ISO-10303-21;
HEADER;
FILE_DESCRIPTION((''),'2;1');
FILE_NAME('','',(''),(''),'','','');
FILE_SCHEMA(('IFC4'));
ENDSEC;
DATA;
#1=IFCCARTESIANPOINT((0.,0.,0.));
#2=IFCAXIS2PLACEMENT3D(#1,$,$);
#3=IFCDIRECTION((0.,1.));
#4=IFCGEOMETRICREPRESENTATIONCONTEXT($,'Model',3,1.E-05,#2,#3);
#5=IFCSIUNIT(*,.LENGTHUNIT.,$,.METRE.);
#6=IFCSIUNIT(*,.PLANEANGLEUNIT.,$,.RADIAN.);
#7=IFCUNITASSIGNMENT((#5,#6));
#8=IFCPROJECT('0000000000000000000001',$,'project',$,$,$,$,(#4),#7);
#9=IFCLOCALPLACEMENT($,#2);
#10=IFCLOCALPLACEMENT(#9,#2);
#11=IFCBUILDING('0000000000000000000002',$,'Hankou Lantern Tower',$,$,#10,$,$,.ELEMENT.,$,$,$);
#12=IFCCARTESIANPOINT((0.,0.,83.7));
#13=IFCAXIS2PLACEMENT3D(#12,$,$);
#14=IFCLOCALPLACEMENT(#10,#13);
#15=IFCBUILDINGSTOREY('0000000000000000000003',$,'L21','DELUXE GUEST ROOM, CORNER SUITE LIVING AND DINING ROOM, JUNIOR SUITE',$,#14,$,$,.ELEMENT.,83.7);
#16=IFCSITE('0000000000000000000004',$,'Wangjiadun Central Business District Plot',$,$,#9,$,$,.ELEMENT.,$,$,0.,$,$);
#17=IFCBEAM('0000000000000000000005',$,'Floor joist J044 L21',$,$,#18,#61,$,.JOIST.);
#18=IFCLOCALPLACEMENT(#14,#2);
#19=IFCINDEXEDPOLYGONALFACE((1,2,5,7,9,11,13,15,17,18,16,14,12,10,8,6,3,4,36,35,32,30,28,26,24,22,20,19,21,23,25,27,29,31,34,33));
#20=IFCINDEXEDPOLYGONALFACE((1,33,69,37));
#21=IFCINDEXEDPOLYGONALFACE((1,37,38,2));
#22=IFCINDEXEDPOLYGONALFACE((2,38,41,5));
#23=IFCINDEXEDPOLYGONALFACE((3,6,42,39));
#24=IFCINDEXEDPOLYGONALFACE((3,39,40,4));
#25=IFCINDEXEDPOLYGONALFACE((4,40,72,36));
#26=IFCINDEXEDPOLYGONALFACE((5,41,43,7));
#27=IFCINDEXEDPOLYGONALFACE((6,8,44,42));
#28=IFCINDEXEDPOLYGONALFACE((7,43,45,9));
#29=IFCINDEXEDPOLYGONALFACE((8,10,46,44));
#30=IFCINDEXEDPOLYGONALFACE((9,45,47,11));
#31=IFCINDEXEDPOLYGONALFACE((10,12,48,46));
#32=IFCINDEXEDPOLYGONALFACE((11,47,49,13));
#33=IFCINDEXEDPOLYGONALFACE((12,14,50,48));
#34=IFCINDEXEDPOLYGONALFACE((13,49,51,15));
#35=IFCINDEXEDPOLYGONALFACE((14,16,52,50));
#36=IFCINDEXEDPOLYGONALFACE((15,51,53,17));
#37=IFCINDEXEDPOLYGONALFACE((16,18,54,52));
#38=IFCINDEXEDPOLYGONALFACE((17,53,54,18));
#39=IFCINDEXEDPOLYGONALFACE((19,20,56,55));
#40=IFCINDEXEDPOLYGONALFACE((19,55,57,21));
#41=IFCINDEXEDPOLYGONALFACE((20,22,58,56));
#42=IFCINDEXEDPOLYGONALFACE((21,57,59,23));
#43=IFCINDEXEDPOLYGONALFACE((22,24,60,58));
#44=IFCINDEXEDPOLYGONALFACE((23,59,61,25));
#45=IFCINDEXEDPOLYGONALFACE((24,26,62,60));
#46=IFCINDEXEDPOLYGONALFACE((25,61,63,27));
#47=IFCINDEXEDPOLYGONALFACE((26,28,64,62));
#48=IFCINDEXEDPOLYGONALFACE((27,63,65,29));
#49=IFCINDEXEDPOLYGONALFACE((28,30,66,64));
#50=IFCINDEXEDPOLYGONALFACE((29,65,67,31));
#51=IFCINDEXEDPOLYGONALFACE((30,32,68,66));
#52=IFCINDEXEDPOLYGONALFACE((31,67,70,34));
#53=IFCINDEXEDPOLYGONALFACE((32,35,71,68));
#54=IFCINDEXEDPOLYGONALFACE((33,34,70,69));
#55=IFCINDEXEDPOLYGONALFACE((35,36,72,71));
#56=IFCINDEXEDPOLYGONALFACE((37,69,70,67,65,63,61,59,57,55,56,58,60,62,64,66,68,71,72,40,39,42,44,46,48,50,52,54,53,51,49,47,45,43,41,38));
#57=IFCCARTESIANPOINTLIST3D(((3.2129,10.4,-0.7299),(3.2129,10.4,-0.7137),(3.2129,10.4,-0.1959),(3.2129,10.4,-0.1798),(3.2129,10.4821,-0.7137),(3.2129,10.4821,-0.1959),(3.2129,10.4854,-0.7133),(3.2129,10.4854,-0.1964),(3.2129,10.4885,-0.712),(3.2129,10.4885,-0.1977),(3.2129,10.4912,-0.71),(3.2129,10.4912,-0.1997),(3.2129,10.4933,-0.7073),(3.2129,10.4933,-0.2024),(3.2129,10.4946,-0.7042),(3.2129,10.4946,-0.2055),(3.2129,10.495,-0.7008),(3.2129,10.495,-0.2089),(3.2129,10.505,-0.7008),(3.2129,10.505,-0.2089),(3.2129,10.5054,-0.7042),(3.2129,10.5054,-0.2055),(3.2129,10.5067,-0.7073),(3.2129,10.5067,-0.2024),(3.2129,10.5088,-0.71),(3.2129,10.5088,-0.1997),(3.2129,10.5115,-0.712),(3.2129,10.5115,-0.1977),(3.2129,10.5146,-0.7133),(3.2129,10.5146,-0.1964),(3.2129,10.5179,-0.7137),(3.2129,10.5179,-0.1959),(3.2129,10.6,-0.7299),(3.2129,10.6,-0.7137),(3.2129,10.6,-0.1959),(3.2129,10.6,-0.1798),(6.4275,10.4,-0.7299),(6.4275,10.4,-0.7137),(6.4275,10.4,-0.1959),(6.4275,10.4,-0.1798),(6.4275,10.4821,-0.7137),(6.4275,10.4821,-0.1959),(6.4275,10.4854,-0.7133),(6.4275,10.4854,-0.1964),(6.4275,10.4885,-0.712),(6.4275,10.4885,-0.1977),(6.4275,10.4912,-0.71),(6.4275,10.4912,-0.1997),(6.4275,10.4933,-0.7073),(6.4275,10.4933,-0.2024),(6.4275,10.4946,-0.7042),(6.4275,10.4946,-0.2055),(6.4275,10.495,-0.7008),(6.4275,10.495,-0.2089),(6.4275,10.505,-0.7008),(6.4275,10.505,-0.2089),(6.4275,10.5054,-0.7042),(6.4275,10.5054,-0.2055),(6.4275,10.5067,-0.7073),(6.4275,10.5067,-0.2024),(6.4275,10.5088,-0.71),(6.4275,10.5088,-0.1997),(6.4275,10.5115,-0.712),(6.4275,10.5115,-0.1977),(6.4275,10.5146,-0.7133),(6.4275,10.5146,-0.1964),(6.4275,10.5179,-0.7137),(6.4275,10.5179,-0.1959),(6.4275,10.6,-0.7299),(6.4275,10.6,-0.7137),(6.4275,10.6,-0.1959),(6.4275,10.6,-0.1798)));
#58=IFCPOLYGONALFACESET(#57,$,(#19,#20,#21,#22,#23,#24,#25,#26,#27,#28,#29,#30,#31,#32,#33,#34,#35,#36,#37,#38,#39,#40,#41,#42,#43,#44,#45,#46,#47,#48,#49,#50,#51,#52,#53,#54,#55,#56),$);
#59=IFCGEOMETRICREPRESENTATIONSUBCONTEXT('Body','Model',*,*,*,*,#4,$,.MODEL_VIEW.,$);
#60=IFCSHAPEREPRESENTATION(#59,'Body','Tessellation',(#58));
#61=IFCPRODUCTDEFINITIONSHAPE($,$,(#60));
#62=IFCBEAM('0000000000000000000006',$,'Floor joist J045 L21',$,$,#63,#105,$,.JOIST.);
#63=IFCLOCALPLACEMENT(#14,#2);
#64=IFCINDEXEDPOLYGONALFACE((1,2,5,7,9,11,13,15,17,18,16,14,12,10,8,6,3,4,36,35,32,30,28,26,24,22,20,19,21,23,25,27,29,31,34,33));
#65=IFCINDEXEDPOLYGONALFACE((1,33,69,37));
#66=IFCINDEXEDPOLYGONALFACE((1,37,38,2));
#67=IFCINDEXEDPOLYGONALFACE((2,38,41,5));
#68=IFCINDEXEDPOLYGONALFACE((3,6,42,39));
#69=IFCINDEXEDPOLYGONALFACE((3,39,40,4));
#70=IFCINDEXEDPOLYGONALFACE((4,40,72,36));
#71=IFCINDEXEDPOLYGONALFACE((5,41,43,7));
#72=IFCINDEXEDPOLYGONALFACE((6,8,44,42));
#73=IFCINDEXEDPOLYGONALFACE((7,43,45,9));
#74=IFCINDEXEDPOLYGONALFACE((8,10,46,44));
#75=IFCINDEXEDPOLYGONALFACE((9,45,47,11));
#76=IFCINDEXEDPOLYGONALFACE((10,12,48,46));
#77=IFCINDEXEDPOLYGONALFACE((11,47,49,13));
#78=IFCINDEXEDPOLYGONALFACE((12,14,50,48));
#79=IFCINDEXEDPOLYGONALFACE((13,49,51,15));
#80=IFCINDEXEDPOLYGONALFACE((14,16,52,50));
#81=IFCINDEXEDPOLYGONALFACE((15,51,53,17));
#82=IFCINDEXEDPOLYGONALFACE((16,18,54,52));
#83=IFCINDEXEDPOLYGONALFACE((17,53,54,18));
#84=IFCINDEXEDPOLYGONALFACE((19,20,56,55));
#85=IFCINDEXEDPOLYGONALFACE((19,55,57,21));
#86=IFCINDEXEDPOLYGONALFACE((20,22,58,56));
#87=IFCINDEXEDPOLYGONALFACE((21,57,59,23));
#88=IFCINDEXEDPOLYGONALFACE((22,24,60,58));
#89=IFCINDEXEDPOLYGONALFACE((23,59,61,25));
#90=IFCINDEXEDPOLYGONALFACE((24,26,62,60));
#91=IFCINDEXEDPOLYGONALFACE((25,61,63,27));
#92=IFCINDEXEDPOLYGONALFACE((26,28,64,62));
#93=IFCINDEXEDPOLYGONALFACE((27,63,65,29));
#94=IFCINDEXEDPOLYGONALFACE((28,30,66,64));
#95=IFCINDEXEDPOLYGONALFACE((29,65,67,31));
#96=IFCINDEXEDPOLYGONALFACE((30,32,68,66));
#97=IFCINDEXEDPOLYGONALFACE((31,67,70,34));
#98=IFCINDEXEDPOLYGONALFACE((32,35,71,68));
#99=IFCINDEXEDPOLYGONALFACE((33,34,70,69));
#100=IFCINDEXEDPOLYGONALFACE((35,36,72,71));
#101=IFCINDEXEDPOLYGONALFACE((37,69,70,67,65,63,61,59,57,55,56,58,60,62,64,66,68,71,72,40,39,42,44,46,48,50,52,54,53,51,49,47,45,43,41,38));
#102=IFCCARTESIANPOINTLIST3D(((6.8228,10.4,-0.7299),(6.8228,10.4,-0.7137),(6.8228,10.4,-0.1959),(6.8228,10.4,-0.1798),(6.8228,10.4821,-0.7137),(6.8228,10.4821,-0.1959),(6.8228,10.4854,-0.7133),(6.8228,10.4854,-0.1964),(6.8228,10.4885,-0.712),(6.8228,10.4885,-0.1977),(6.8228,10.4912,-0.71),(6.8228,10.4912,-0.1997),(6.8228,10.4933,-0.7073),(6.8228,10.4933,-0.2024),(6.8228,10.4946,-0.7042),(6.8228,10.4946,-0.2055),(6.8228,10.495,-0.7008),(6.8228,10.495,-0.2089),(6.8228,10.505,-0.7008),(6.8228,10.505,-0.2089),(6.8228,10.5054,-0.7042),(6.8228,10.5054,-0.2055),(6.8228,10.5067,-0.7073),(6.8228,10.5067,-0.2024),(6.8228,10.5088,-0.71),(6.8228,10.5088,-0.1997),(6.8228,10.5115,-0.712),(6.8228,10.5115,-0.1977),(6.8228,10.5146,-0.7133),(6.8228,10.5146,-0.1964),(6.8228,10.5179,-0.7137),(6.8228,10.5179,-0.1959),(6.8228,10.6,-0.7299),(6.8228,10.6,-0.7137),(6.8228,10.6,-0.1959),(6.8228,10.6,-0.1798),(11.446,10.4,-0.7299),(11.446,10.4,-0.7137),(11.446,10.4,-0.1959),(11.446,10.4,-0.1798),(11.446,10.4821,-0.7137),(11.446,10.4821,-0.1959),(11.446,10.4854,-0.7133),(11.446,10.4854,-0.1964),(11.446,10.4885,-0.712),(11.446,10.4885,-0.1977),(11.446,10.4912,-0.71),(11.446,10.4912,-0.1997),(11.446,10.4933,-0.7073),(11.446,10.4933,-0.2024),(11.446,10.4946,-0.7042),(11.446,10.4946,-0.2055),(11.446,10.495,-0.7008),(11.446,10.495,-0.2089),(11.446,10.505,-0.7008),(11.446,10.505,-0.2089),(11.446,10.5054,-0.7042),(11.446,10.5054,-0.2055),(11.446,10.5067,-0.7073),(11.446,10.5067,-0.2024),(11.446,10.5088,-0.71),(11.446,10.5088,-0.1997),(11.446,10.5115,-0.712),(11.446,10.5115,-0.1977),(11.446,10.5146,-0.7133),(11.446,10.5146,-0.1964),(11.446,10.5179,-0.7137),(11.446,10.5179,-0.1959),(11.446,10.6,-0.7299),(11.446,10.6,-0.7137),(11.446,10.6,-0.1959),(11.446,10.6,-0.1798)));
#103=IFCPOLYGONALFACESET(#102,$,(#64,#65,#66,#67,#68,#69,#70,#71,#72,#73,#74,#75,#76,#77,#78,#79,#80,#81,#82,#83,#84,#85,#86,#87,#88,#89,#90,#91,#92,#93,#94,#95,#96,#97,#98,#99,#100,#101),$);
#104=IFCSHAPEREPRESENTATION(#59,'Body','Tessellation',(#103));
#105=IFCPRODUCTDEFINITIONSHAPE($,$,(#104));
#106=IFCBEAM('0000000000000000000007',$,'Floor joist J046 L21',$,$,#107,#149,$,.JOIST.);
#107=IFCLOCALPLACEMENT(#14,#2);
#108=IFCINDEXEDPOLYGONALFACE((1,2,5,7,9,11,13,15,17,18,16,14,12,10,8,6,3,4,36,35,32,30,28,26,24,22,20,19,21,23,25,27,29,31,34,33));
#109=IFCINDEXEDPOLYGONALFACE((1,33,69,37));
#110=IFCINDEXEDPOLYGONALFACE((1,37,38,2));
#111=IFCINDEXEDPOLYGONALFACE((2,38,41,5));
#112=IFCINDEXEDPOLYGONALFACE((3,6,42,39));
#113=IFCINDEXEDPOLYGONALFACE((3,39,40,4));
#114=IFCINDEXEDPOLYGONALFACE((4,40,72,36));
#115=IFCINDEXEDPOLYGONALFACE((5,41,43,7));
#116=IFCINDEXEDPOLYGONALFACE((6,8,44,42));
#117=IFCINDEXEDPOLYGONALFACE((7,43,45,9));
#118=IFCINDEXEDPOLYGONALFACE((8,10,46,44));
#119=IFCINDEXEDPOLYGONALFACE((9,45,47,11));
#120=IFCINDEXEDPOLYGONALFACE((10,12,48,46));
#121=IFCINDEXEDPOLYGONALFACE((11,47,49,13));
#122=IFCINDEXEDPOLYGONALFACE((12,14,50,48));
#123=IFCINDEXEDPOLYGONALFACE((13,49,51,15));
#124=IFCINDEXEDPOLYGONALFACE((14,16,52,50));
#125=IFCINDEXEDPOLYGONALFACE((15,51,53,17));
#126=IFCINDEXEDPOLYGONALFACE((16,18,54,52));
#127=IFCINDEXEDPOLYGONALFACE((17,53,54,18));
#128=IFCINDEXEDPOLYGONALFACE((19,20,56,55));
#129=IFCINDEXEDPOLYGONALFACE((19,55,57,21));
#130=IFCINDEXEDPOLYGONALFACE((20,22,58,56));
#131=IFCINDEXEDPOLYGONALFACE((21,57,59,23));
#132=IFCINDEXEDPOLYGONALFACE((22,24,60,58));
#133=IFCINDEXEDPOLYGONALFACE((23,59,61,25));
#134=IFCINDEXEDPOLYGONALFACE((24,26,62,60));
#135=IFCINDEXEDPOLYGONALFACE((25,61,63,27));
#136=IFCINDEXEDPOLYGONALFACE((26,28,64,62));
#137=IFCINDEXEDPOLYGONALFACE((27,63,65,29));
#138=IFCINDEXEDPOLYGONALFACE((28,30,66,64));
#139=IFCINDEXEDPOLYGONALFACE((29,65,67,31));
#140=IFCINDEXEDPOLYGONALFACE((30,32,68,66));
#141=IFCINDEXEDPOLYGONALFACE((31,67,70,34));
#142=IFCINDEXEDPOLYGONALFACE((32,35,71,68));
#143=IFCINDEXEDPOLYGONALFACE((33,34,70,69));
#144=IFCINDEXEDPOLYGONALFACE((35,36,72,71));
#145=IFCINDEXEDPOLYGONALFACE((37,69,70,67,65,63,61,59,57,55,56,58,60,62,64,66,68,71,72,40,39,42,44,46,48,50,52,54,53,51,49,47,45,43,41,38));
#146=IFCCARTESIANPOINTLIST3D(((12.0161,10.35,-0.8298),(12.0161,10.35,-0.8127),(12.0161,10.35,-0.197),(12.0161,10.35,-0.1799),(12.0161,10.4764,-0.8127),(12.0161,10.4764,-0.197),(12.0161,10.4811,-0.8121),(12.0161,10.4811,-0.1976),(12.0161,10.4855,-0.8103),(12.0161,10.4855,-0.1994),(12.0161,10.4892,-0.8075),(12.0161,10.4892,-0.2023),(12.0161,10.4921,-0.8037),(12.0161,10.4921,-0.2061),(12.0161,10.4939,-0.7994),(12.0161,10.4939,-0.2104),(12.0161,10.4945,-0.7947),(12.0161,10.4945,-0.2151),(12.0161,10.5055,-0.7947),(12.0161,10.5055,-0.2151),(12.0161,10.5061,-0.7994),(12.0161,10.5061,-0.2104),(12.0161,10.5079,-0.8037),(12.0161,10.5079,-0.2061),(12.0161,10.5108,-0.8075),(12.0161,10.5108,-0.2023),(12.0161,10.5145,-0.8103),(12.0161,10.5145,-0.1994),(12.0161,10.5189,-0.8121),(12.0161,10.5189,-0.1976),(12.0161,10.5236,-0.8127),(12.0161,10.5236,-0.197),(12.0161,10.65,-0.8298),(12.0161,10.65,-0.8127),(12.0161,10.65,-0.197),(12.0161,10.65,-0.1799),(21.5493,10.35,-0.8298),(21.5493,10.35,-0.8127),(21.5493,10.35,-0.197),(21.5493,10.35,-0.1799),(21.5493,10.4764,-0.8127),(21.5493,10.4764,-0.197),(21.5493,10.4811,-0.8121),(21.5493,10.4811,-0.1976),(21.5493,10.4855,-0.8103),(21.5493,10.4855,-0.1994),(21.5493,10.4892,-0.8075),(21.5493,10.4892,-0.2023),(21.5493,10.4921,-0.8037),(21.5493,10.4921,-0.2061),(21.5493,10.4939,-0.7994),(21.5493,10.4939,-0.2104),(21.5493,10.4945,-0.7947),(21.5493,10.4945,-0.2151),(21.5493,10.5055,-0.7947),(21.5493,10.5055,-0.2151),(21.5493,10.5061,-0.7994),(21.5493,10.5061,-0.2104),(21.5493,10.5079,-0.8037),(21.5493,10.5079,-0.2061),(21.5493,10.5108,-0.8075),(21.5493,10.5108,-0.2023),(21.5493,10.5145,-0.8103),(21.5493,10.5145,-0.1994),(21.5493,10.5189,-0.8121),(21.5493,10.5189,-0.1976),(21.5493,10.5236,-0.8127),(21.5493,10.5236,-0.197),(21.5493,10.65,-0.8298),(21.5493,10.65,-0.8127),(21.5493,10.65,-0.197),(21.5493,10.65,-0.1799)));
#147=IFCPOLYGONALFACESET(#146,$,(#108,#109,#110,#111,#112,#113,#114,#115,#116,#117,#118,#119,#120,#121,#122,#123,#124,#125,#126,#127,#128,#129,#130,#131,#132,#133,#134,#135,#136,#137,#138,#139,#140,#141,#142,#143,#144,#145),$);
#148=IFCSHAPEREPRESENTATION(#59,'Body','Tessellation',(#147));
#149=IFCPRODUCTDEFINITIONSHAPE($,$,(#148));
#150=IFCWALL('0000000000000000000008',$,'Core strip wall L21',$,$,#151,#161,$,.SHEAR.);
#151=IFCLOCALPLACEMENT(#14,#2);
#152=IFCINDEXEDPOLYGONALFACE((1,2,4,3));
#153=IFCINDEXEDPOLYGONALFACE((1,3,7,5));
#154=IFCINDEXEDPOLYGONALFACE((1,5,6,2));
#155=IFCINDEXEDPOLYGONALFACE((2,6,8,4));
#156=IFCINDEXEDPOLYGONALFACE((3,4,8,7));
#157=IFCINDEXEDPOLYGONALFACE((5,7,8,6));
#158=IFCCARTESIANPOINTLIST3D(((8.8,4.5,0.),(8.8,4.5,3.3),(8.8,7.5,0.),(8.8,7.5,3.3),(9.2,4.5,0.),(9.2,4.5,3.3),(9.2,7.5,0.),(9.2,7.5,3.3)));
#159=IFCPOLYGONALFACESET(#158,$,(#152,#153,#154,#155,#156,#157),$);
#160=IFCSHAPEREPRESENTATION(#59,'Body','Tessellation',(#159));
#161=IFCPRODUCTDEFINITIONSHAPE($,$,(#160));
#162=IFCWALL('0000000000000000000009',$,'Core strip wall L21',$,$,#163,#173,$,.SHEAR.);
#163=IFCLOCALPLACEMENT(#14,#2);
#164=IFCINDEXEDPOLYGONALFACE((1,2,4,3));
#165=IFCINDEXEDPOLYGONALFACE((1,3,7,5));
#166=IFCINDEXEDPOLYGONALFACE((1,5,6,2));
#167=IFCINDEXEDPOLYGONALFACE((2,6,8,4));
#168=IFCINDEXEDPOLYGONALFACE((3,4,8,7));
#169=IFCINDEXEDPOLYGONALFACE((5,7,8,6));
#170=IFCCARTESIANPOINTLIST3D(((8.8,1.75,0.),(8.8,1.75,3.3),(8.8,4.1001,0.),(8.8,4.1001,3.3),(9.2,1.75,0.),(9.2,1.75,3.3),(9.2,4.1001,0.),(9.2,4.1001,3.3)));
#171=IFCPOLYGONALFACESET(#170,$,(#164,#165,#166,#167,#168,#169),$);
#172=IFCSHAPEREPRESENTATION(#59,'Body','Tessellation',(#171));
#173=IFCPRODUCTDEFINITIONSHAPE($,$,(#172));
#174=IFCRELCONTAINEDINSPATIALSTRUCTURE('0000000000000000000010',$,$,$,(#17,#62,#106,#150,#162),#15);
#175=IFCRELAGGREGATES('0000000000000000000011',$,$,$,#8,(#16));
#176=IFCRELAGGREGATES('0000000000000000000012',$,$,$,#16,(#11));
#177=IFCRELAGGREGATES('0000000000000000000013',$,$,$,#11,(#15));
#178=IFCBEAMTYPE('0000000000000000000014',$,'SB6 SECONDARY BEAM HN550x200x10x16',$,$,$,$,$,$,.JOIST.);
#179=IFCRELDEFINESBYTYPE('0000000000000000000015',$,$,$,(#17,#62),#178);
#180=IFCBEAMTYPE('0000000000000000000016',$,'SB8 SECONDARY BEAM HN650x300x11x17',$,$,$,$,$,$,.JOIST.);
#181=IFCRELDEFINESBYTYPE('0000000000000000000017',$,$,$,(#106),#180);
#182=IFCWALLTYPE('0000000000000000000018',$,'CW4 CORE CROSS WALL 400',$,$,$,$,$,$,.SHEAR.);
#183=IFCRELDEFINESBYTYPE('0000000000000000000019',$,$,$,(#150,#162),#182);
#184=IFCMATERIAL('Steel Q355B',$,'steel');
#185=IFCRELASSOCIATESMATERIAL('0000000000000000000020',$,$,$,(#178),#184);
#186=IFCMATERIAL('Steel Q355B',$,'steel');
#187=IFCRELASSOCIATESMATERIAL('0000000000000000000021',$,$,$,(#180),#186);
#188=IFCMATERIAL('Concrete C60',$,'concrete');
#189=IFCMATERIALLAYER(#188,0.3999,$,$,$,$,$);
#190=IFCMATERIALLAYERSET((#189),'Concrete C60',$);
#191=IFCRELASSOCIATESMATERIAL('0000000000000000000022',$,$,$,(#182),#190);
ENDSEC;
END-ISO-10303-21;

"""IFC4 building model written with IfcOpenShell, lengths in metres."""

from ifc_helpers import new_model, si_unit, direction, frame, frame_2d, origin, origin_2d, place, context, subcontext, project, spatial, rectangle, i_section, extrude, material, layer, layer_set, material_profile, profile_set, type_object, element, save


model = new_model("IFC4")

# Units and contexts
model_context = context("Model", 3, precision=1e-05, world=origin(), true_north=direction((0.0, 1.0)))
body_context = subcontext(model_context, "Body", "Model", "MODEL_VIEW")
ifc_project = project(units=[si_unit("LENGTHUNIT", "METRE"), si_unit("PLANEANGLEUNIT", "RADIAN")], contexts=[model_context])

# Site, building, storey
site_placement = place(None, origin())
site = spatial("IfcSite", under=ifc_project, at=site_placement, Name="Wangjiadun Central Business District Plot", CompositionType="ELEMENT", RefElevation=0.0)
building_placement = place(site_placement, origin())
building = spatial("IfcBuilding", under=site, at=building_placement, Name="Hankou Lantern Tower", CompositionType="ELEMENT")
storey_placement = place(building_placement, frame((0.0, 0.0, 83.7)))
storey = spatial("IfcBuildingStorey", under=building, at=storey_placement, Name="L21", Description="DELUXE GUEST ROOM, CORNER SUITE LIVING AND DINING ROOM, JUNIOR SUITE", CompositionType="ELEMENT", Elevation=83.7)

# Beams
ifc_material_1 = material(Name="Steel Q355B", Category="steel")
ifc_material_profile_1 = material_profile(ifc_material_1, i_section(OverallWidth=0.2, OverallDepth=0.55, WebThickness=0.01, FlangeThickness=0.0161, FilletRadius=0.0129, at=origin_2d()), Name="HN550x200x10x16")
ifc_profile_set_1 = profile_set([ifc_material_profile_1], Name="Steel Q355B")
beam_type_1 = type_object("IfcBeamType", Name="SB6 SECONDARY BEAM HN550x200x10x16", PredefinedType="JOIST", material=ifc_profile_set_1)
beam_1_placement = place(storey_placement, frame((3.2129, 10.5, -0.4548), z_axis=(1.0, 0.0, 0.0), x_axis=(0.0, 1.0, 0.0)))
element("IfcBeam", 1, at=beam_1_placement, inside=storey, type_object=beam_type_1, Name="Floor joist J044 L21", PredefinedType="JOIST", context=body_context, shape_type="SweptSolid", body=[
    extrude(i_section(OverallWidth=0.2, OverallDepth=0.55, WebThickness=0.01, FlangeThickness=0.0161, FilletRadius=0.0129, at=origin_2d()), origin(), (0.0, 0.0, 1.0), 3.2146),
])
beam_2_placement = place(storey_placement, frame((6.8228, 10.5, -0.4548), z_axis=(1.0, 0.0, 0.0), x_axis=(0.0, 1.0, 0.0)))
element("IfcBeam", 2, at=beam_2_placement, inside=storey, type_object=beam_type_1, Name="Floor joist J045 L21", PredefinedType="JOIST", context=body_context, shape_type="SweptSolid", body=[
    extrude(i_section(OverallWidth=0.2, OverallDepth=0.55, WebThickness=0.01, FlangeThickness=0.0161, FilletRadius=0.0129, at=origin_2d()), origin(), (0.0, 0.0, 1.0), 4.6233),
])
ifc_material_2 = material(Name="Steel Q355B", Category="steel")
ifc_material_profile_2 = material_profile(ifc_material_2, i_section(OverallWidth=0.3, OverallDepth=0.6499, WebThickness=0.011, FlangeThickness=0.0171, FilletRadius=0.0181, at=origin_2d()), Name="HN650x300x11x17")
ifc_profile_set_2 = profile_set([ifc_material_profile_2], Name="Steel Q355B")
beam_type_2 = type_object("IfcBeamType", Name="SB8 SECONDARY BEAM HN650x300x11x17", PredefinedType="JOIST", material=ifc_profile_set_2)
beam_3_placement = place(storey_placement, frame((12.0161, 10.5, -0.5049), z_axis=(1.0, 0.0, 0.0), x_axis=(0.0, 1.0, 0.0)))
element("IfcBeam", 3, at=beam_3_placement, inside=storey, type_object=beam_type_2, Name="Floor joist J046 L21", PredefinedType="JOIST", context=body_context, shape_type="SweptSolid", body=[
    extrude(i_section(OverallWidth=0.3, OverallDepth=0.6499, WebThickness=0.011, FlangeThickness=0.0171, FilletRadius=0.0181, at=origin_2d()), origin(), (0.0, 0.0, 1.0), 9.5332),
])

# Walls
ifc_material_3 = material(Name="Concrete C60", Category="concrete")
ifc_layer_1 = layer(ifc_material_3, 0.3999)
ifc_layer_set_1 = layer_set([ifc_layer_1], Name="Concrete C60")
wall_type_1 = type_object("IfcWallType", Name="CW4 CORE CROSS WALL 400", PredefinedType="SHEAR", material=ifc_layer_set_1)
wall_1_placement = place(storey_placement, frame((9.0, 4.5, 0.0), z_axis=(0.0, 0.0, 1.0), x_axis=(0.0, 1.0, 0.0)))
element("IfcWall", 4, at=wall_1_placement, inside=storey, type_object=wall_type_1, Name="Core strip wall L21", PredefinedType="SHEAR", context=body_context, shape_type="SweptSolid", body=[
    extrude(rectangle(XDim=3.0, YDim=0.3999, at=frame_2d((1.5, 0.0))), origin(), (0.0, 0.0, 1.0), 3.3),
])
wall_2_placement = place(storey_placement, frame((9.0, 1.75, 0.0), z_axis=(0.0, 0.0, 1.0), x_axis=(0.0, 1.0, 0.0)))
element("IfcWall", 5, at=wall_2_placement, inside=storey, type_object=wall_type_1, Name="Core strip wall L21", PredefinedType="SHEAR", context=body_context, shape_type="SweptSolid", body=[
    extrude(rectangle(XDim=2.3501, YDim=0.3999, at=frame_2d((1.175, 0.0))), origin(), (0.0, 0.0, 1.0), 3.3),
])

save(model, "model.ifc")
